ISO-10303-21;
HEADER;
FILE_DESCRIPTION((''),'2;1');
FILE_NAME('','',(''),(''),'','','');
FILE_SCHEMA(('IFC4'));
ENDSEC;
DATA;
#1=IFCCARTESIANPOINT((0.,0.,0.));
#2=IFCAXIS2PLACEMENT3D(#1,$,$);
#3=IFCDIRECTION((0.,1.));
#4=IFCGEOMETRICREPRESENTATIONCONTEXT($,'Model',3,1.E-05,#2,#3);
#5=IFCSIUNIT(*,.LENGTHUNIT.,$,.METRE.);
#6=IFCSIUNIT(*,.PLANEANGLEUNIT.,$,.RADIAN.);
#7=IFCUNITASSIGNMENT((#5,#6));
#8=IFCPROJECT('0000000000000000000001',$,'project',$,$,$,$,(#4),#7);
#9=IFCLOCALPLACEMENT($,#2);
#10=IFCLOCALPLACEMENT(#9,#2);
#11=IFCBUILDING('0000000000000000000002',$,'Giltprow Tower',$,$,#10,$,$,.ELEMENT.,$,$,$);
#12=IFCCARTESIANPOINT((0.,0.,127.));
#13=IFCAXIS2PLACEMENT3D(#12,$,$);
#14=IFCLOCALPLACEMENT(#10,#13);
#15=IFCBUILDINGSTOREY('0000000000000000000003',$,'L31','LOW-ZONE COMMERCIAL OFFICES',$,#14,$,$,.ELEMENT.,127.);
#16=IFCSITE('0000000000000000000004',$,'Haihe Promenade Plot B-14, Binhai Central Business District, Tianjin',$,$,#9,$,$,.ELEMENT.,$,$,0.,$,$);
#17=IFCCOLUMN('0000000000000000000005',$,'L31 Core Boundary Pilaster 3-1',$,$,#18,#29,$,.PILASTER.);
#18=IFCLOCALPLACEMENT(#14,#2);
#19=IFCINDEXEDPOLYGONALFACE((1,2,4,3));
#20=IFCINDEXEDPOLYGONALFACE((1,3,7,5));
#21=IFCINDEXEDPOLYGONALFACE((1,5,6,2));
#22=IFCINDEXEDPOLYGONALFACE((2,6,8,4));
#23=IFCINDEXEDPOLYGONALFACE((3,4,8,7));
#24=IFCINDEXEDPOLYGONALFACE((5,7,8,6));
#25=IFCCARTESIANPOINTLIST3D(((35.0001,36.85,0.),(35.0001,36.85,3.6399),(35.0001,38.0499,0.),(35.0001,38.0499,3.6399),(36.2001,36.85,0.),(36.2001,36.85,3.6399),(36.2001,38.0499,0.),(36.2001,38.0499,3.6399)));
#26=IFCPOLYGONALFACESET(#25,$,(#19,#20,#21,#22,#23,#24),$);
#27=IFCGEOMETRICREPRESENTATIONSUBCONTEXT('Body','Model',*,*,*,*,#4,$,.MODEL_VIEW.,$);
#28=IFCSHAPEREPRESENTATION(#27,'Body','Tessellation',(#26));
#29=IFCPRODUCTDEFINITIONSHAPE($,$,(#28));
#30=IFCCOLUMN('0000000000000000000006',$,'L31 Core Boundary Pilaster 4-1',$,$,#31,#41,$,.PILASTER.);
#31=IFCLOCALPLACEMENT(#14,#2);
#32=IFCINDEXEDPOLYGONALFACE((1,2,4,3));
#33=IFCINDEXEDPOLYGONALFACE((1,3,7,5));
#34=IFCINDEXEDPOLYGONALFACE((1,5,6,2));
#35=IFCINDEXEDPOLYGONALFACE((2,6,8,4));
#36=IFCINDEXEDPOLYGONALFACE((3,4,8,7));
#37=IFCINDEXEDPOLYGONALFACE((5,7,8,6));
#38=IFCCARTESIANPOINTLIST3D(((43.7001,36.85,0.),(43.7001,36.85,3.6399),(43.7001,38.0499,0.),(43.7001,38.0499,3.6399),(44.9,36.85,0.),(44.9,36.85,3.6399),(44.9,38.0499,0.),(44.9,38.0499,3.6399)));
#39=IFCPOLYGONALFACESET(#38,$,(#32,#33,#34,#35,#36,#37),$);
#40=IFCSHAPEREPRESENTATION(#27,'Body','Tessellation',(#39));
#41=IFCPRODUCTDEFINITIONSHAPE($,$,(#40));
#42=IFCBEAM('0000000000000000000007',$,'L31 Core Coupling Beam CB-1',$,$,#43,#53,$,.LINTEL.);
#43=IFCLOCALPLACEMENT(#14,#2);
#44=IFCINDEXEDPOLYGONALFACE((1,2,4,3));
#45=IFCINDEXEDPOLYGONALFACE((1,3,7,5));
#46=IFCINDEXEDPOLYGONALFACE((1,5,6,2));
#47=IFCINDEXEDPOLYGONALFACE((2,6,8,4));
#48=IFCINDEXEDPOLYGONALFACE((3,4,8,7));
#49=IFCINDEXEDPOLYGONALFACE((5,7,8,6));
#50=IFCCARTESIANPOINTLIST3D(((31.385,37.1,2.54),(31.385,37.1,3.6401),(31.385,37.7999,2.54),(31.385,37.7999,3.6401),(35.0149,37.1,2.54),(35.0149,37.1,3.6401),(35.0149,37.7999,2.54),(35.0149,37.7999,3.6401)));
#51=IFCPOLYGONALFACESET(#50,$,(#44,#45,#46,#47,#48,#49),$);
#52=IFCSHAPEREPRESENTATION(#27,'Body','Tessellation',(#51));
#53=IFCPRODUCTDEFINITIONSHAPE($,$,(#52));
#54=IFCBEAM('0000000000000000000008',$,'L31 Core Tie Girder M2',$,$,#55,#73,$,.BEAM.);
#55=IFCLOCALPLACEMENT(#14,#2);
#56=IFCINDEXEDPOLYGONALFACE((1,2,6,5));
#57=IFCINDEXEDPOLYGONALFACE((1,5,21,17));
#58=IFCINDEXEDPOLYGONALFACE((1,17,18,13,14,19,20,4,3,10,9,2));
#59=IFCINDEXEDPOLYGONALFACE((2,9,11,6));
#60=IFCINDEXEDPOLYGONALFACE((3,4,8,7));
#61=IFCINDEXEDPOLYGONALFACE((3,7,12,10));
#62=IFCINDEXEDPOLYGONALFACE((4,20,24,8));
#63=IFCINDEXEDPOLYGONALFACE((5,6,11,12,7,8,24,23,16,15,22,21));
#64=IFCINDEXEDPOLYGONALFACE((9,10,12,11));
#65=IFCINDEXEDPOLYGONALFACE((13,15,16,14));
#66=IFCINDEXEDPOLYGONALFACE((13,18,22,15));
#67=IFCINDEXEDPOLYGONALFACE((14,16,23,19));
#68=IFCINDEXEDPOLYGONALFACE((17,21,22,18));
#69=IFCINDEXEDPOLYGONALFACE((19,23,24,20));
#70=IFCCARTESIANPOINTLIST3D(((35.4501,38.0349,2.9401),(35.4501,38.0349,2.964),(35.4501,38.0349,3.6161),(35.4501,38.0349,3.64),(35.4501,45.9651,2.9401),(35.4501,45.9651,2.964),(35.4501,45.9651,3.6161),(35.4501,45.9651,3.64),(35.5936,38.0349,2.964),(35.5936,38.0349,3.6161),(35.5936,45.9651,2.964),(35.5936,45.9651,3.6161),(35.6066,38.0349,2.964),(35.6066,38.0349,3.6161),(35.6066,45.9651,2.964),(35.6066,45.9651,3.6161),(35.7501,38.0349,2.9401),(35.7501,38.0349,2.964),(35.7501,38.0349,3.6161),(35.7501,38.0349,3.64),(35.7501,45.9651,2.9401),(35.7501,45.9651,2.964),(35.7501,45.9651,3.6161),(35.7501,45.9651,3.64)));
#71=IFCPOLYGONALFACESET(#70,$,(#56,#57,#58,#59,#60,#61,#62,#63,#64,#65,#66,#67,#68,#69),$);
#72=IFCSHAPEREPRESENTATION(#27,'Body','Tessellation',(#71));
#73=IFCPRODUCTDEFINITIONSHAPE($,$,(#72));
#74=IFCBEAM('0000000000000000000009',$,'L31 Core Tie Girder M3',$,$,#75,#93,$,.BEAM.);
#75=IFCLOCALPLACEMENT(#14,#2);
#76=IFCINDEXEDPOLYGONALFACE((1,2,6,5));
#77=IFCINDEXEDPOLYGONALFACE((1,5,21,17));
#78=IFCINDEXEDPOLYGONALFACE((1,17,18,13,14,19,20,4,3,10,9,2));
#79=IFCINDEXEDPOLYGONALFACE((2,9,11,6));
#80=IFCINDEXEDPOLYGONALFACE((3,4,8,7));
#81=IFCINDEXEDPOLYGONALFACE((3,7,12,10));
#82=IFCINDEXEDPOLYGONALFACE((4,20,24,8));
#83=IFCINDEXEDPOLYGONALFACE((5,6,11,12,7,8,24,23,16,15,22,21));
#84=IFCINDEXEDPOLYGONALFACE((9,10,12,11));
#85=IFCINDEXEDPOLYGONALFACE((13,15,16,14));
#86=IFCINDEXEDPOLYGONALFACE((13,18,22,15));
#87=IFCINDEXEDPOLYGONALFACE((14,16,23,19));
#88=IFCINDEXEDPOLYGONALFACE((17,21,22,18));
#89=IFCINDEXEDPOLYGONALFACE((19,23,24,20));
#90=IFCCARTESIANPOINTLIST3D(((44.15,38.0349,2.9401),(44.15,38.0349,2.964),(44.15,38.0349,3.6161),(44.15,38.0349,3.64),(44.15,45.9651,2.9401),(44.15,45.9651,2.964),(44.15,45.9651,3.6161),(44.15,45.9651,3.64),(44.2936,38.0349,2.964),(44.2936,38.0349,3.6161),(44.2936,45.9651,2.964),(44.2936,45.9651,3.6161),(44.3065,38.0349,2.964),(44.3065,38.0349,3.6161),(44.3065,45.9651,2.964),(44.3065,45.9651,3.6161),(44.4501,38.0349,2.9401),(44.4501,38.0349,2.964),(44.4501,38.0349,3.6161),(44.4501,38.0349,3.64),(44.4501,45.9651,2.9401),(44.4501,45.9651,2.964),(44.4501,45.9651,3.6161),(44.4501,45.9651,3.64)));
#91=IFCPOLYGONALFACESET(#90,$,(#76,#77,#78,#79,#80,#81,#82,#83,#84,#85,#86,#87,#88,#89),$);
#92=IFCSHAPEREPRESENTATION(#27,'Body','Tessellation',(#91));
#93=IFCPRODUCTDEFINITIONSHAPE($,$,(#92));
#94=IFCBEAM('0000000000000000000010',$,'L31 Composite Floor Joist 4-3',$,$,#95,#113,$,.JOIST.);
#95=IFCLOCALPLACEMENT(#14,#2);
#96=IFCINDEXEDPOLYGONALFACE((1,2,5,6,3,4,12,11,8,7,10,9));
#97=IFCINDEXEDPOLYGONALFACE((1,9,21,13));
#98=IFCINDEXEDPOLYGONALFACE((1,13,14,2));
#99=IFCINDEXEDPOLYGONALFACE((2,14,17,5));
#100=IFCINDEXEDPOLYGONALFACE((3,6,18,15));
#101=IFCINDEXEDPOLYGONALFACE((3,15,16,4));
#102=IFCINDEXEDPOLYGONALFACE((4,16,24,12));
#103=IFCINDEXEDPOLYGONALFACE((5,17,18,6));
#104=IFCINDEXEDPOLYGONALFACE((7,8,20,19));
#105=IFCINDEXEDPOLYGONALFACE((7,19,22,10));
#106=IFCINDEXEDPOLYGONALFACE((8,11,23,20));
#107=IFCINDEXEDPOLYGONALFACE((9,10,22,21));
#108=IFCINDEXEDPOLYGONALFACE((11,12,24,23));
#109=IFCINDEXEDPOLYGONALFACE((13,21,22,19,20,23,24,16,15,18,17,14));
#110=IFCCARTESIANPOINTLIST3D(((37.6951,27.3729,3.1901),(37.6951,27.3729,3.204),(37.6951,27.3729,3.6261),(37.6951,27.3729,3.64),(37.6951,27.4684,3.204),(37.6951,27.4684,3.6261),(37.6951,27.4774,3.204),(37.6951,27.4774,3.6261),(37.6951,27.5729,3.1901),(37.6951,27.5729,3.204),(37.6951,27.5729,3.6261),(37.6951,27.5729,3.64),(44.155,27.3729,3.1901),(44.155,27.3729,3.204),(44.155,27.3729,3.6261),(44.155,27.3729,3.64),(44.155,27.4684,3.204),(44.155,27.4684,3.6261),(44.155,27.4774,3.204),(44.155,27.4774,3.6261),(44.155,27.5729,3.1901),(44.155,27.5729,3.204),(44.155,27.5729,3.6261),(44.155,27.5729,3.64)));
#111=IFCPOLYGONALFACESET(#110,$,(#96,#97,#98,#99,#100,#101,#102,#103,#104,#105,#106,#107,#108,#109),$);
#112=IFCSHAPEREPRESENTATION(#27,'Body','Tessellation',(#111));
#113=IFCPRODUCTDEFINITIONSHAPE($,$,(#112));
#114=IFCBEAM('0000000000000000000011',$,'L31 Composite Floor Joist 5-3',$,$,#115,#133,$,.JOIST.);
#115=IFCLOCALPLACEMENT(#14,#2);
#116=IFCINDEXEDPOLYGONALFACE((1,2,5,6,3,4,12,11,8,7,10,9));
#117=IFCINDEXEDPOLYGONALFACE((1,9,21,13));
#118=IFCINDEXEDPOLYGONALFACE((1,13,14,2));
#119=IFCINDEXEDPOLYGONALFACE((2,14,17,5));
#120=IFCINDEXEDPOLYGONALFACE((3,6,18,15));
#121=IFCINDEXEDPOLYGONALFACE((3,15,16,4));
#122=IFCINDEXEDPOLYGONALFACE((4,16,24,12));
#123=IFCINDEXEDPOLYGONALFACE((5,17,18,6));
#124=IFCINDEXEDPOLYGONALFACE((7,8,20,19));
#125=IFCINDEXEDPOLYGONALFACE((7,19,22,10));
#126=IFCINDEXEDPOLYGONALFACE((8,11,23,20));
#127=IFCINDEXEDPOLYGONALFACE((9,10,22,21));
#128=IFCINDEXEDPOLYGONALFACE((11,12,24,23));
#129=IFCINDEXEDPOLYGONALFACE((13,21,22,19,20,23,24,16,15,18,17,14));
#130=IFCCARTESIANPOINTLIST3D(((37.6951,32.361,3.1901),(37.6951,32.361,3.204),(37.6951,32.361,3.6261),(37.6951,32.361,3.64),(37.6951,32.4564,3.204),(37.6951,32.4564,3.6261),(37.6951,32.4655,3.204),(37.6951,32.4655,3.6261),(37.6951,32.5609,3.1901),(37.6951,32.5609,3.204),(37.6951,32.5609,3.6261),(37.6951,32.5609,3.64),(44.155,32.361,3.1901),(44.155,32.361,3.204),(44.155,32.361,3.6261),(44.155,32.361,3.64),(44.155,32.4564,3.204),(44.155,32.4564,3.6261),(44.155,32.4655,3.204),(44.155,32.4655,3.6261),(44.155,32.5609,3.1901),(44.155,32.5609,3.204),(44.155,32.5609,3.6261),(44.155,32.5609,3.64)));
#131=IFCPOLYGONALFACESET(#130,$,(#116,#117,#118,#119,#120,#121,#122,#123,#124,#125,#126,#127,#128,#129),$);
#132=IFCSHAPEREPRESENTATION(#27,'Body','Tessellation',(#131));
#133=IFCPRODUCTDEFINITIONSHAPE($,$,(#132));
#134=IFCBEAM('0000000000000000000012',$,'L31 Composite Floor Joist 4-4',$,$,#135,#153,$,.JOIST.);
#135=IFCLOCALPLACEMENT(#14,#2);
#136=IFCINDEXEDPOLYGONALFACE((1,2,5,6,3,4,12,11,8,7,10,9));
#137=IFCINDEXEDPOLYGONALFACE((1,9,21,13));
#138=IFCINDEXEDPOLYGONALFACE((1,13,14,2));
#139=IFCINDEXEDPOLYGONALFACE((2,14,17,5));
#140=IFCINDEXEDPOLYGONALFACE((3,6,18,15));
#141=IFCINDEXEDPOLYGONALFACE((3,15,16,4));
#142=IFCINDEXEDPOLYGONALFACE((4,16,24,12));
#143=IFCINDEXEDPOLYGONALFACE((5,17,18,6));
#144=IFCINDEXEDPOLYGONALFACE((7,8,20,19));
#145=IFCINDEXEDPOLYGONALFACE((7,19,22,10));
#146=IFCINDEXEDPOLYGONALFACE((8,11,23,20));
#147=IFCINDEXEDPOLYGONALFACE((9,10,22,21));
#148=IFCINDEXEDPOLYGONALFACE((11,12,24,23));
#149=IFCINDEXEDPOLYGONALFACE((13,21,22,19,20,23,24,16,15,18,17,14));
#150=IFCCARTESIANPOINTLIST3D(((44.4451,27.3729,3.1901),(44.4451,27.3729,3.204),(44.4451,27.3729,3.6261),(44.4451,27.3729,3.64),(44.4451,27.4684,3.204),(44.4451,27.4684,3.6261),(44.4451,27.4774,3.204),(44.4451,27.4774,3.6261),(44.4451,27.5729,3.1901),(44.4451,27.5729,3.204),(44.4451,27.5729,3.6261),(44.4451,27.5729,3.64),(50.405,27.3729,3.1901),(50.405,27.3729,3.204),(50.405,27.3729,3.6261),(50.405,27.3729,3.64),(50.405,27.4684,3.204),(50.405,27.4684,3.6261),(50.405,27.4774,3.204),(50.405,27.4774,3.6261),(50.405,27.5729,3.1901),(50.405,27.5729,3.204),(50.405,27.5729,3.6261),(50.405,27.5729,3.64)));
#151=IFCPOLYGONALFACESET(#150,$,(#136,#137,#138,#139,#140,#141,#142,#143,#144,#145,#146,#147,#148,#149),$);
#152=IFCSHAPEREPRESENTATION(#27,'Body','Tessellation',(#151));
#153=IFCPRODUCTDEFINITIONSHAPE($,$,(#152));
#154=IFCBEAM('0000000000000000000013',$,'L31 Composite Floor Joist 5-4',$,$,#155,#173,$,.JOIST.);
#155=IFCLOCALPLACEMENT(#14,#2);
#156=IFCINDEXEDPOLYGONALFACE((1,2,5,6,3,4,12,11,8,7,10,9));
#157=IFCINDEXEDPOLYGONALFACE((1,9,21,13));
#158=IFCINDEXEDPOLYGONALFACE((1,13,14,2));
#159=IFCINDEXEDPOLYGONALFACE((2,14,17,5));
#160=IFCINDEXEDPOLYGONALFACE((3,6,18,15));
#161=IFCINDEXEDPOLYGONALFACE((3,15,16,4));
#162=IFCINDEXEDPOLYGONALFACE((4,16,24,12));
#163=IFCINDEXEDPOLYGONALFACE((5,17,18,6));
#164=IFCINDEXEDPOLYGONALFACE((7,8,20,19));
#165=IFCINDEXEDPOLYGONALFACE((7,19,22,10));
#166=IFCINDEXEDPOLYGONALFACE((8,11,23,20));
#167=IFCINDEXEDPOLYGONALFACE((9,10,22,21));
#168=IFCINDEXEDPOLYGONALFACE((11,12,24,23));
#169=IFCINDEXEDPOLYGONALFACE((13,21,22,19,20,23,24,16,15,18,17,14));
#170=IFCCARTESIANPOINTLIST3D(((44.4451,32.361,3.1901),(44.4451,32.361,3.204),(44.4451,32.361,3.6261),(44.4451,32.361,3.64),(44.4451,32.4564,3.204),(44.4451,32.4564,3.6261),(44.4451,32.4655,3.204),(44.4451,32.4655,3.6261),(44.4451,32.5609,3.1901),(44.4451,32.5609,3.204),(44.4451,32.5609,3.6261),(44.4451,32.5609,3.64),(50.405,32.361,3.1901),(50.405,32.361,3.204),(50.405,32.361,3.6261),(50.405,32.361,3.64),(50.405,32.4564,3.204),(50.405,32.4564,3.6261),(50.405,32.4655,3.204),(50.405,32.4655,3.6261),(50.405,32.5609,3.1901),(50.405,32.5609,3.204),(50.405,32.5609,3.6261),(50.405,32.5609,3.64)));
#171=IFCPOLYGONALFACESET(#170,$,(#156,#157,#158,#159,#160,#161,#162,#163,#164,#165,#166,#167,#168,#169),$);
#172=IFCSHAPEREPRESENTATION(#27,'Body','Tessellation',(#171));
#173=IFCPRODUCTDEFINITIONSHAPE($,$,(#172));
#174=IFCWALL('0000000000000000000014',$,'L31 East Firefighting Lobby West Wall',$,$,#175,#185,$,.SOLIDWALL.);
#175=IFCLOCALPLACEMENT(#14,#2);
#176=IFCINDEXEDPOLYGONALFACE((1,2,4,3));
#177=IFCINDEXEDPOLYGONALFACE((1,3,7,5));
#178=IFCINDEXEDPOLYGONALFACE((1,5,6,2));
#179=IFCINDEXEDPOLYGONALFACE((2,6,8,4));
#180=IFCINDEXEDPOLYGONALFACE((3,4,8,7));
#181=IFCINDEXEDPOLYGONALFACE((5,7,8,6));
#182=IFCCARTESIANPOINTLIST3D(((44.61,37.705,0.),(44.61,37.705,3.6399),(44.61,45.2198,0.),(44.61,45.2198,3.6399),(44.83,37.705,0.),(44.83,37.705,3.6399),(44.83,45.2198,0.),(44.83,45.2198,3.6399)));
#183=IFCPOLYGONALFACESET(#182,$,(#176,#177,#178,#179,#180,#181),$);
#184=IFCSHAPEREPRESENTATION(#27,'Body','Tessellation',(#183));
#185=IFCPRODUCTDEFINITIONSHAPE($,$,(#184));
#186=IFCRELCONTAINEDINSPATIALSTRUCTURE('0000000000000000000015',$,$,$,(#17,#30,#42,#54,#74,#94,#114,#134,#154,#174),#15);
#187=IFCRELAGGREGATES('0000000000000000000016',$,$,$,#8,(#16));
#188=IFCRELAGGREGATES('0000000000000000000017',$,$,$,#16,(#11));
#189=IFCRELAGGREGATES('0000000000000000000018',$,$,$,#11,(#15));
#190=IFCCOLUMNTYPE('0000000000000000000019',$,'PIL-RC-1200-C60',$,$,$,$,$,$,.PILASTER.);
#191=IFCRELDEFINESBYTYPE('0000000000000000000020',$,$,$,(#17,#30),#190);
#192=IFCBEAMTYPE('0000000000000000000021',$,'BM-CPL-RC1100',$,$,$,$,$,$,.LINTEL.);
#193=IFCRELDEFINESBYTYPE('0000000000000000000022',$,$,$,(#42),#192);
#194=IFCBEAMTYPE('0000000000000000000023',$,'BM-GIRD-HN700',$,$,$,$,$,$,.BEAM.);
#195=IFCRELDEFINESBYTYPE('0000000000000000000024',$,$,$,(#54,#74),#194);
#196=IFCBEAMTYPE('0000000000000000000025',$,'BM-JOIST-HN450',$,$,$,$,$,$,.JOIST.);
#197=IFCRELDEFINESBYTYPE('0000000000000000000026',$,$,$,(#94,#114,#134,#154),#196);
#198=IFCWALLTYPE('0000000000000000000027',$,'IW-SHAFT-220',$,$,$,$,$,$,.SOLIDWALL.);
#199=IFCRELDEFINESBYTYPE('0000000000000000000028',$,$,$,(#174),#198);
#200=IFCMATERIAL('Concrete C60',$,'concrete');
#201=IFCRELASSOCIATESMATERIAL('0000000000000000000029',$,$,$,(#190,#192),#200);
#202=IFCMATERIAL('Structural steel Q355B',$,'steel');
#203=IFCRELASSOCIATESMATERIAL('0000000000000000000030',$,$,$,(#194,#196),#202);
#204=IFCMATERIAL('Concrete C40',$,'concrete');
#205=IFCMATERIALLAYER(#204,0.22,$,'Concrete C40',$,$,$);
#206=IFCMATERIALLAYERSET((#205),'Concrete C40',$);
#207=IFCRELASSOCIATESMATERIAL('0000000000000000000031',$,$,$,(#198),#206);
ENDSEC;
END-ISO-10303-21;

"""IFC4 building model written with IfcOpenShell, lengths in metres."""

from ifc_helpers import new_model, si_unit, direction, frame, frame_2d, origin, origin_2d, place, context, subcontext, project, spatial, rectangle, i_section, extrude, source, transform, mapped, material, layer, layer_set, material_profile, profile_set, type_object, element, save


model = new_model("IFC4")

# Units and contexts
model_context = context("Model", 3, precision=1e-05, world=origin(), true_north=direction((0.0, 1.0)))
body_context = subcontext(model_context, "Body", "Model", "MODEL_VIEW")
ifc_project = project(units=[si_unit("LENGTHUNIT", "METRE"), si_unit("PLANEANGLEUNIT", "RADIAN")], contexts=[model_context])

# Site, building, storey
site_placement = place(None, origin())
site = spatial("IfcSite", under=ifc_project, at=site_placement, Name="Haihe Promenade Plot B-14, Binhai Central Business District, Tianjin", CompositionType="ELEMENT", RefElevation=0.0)
building_placement = place(site_placement, origin())
building = spatial("IfcBuilding", under=site, at=building_placement, Name="Giltprow Tower", CompositionType="ELEMENT")
storey_placement = place(building_placement, frame((0.0, 0.0, 127.0)))
storey = spatial("IfcBuildingStorey", under=building, at=storey_placement, Name="L31", Description="LOW-ZONE COMMERCIAL OFFICES", CompositionType="ELEMENT", Elevation=127.0)

# Columns
ifc_material_1 = material(Name="Concrete C60", Category="concrete")
ifc_material_profile_1 = material_profile(ifc_material_1, rectangle(XDim=1.2, YDim=1.2, at=origin_2d()), Name="RC 1200x1200")
ifc_profile_set_1 = profile_set([ifc_material_profile_1], Name="Concrete C60")
column_type = type_object("IfcColumnType", Name="PIL-RC-1200-C60", PredefinedType="PILASTER", material=ifc_profile_set_1)
shared_shape_1 = source(origin(), body_context, "Body", "SweptSolid", [
    extrude(rectangle(XDim=1.2, YDim=1.2, at=origin_2d()), origin(), (0.0, 0.0, 1.0), 3.6399),
])
for number, where, z_axis, x_axis, name in (
    (1, (35.6001, 37.45, 0.0), (0.0, 0.0, 1.0), (1.0, 0.0, 0.0), "L31 Core Boundary Pilaster 3-1"),
    (2, (44.3, 37.45, 0.0), (0.0, 0.0, 1.0), (1.0, 0.0, 0.0), "L31 Core Boundary Pilaster 4-1"),
):
    element("IfcColumn", number, at=place(storey_placement, frame(where, z_axis=z_axis, x_axis=x_axis)), inside=storey, type_object=column_type, Name=name, PredefinedType="PILASTER", context=body_context, shape_type="MappedRepresentation", body=[
        mapped(shared_shape_1, transform((0.0, 0.0, 0.0), x_axis=(1.0, 0.0, 0.0), y_axis=(0.0, 1.0, 0.0), z_axis=(0.0, 0.0, 1.0), scale=1.0)),
    ])

# Beams
ifc_material_profile_2 = material_profile(ifc_material_1, rectangle(XDim=0.7, YDim=1.1001, at=origin_2d()), Name="RC 1100x700")
ifc_profile_set_2 = profile_set([ifc_material_profile_2], Name="Concrete C60")
beam_type_1 = type_object("IfcBeamType", Name="BM-CPL-RC1100", PredefinedType="LINTEL", material=ifc_profile_set_2)
shared_shape_2 = source(origin(), body_context, "Body", "SweptSolid", [
    extrude(rectangle(XDim=0.7, YDim=1.1001, at=origin_2d()), origin(), (0.0, 0.0, 1.0), 3.6299),
])
beam_placement = place(storey_placement, frame((31.385, 37.45, 3.0901), z_axis=(1.0, 0.0, 0.0), x_axis=(0.0, 1.0, 0.0)))
element("IfcBeam", 3, at=beam_placement, inside=storey, type_object=beam_type_1, Name="L31 Core Coupling Beam CB-1", PredefinedType="LINTEL", context=body_context, shape_type="MappedRepresentation", body=[
    mapped(shared_shape_2, transform((0.0, 0.0, 0.0), x_axis=(1.0, 0.0, 0.0), y_axis=(0.0, 1.0, 0.0), z_axis=(0.0, 0.0, 1.0), scale=1.0)),
])
ifc_material_2 = material(Name="Structural steel Q355B", Category="steel")
ifc_material_profile_3 = material_profile(ifc_material_2, i_section(OverallWidth=0.3, OverallDepth=0.7, WebThickness=0.0129, FlangeThickness=0.0239, at=origin_2d()), Name="HN 700x300x13x24")
ifc_profile_set_3 = profile_set([ifc_material_profile_3], Name="Structural steel Q355B")
beam_type_2 = type_object("IfcBeamType", Name="BM-GIRD-HN700", PredefinedType="BEAM", material=ifc_profile_set_3)
shared_shape_3 = source(origin(), body_context, "Body", "SweptSolid", [
    extrude(i_section(OverallWidth=0.3, OverallDepth=0.7, WebThickness=0.0129, FlangeThickness=0.0239, at=origin_2d()), origin(), (0.0, 0.0, 1.0), 7.9302),
])
for number, where, z_axis, x_axis, name in (
    (4, (35.6001, 38.0349, 3.29), (0.0, 1.0, 0.0), (-1.0, 0.0, 0.0), "L31 Core Tie Girder M2"),
    (5, (44.3, 38.0349, 3.29), (0.0, 1.0, 0.0), (-1.0, 0.0, 0.0), "L31 Core Tie Girder M3"),
):
    element("IfcBeam", number, at=place(storey_placement, frame(where, z_axis=z_axis, x_axis=x_axis)), inside=storey, type_object=beam_type_2, Name=name, PredefinedType="BEAM", context=body_context, shape_type="MappedRepresentation", body=[
        mapped(shared_shape_3, transform((0.0, 0.0, 0.0), x_axis=(1.0, 0.0, 0.0), y_axis=(0.0, 1.0, 0.0), z_axis=(0.0, 0.0, 1.0), scale=1.0)),
    ])
ifc_material_profile_4 = material_profile(ifc_material_2, i_section(OverallWidth=0.2, OverallDepth=0.45, WebThickness=0.009, FlangeThickness=0.0139, at=origin_2d()), Name="HN 450x200x9x14")
ifc_profile_set_4 = profile_set([ifc_material_profile_4], Name="Structural steel Q355B")
beam_type_3 = type_object("IfcBeamType", Name="BM-JOIST-HN450", PredefinedType="JOIST", material=ifc_profile_set_4)
shared_shape_4 = source(origin(), body_context, "Body", "SweptSolid", [
    extrude(i_section(OverallWidth=0.2, OverallDepth=0.45, WebThickness=0.009, FlangeThickness=0.0139, at=origin_2d()), origin(), (0.0, 0.0, 1.0), 6.46),
])
for number, where, z_axis, x_axis, name in (
    (6, (37.6951, 27.4729, 3.415), (1.0, 0.0, 0.0), (0.0, 1.0, 0.0), "L31 Composite Floor Joist 4-3"),
    (7, (37.6951, 32.4609, 3.415), (1.0, 0.0, 0.0), (0.0, 1.0, 0.0), "L31 Composite Floor Joist 5-3"),
):
    element("IfcBeam", number, at=place(storey_placement, frame(where, z_axis=z_axis, x_axis=x_axis)), inside=storey, type_object=beam_type_3, Name=name, PredefinedType="JOIST", context=body_context, shape_type="MappedRepresentation", body=[
        mapped(shared_shape_4, transform((0.0, 0.0, 0.0), x_axis=(1.0, 0.0, 0.0), y_axis=(0.0, 1.0, 0.0), z_axis=(0.0, 0.0, 1.0), scale=1.0)),
    ])
shared_shape_5 = source(origin(), body_context, "Body", "SweptSolid", [
    extrude(i_section(OverallWidth=0.2, OverallDepth=0.45, WebThickness=0.009, FlangeThickness=0.0139, at=origin_2d()), origin(), (0.0, 0.0, 1.0), 5.96),
])
for number, where, z_axis, x_axis, name in (
    (8, (44.4451, 27.4729, 3.415), (1.0, 0.0, 0.0), (0.0, 1.0, 0.0), "L31 Composite Floor Joist 4-4"),
    (9, (44.4451, 32.4609, 3.415), (1.0, 0.0, 0.0), (0.0, 1.0, 0.0), "L31 Composite Floor Joist 5-4"),
):
    element("IfcBeam", number, at=place(storey_placement, frame(where, z_axis=z_axis, x_axis=x_axis)), inside=storey, type_object=beam_type_3, Name=name, PredefinedType="JOIST", context=body_context, shape_type="MappedRepresentation", body=[
        mapped(shared_shape_5, transform((0.0, 0.0, 0.0), x_axis=(1.0, 0.0, 0.0), y_axis=(0.0, 1.0, 0.0), z_axis=(0.0, 0.0, 1.0), scale=1.0)),
    ])

# Wall
ifc_material_3 = material(Name="Concrete C40", Category="concrete")
ifc_layer_1 = layer(ifc_material_3, 0.22, Name="Concrete C40")
ifc_layer_set_1 = layer_set([ifc_layer_1], Name="Concrete C40")
wall_type_1 = type_object("IfcWallType", Name="IW-SHAFT-220", PredefinedType="SOLIDWALL", material=ifc_layer_set_1)
wall_1_placement = place(storey_placement, frame((44.72, 37.7051, 0.0), z_axis=(0.0, 0.0, 1.0), x_axis=(0.0, 1.0, 0.0)))
element("IfcWall", 10, at=wall_1_placement, inside=storey, type_object=wall_type_1, Name="L31 East Firefighting Lobby West Wall", PredefinedType="SOLIDWALL", context=body_context, shape_type="SweptSolid", body=[
    extrude(rectangle(XDim=7.5149, YDim=0.22, at=frame_2d((3.7573, 0.0))), origin(), (0.0, 0.0, 1.0), 3.6399),
])

save(model, "model.ifc")
